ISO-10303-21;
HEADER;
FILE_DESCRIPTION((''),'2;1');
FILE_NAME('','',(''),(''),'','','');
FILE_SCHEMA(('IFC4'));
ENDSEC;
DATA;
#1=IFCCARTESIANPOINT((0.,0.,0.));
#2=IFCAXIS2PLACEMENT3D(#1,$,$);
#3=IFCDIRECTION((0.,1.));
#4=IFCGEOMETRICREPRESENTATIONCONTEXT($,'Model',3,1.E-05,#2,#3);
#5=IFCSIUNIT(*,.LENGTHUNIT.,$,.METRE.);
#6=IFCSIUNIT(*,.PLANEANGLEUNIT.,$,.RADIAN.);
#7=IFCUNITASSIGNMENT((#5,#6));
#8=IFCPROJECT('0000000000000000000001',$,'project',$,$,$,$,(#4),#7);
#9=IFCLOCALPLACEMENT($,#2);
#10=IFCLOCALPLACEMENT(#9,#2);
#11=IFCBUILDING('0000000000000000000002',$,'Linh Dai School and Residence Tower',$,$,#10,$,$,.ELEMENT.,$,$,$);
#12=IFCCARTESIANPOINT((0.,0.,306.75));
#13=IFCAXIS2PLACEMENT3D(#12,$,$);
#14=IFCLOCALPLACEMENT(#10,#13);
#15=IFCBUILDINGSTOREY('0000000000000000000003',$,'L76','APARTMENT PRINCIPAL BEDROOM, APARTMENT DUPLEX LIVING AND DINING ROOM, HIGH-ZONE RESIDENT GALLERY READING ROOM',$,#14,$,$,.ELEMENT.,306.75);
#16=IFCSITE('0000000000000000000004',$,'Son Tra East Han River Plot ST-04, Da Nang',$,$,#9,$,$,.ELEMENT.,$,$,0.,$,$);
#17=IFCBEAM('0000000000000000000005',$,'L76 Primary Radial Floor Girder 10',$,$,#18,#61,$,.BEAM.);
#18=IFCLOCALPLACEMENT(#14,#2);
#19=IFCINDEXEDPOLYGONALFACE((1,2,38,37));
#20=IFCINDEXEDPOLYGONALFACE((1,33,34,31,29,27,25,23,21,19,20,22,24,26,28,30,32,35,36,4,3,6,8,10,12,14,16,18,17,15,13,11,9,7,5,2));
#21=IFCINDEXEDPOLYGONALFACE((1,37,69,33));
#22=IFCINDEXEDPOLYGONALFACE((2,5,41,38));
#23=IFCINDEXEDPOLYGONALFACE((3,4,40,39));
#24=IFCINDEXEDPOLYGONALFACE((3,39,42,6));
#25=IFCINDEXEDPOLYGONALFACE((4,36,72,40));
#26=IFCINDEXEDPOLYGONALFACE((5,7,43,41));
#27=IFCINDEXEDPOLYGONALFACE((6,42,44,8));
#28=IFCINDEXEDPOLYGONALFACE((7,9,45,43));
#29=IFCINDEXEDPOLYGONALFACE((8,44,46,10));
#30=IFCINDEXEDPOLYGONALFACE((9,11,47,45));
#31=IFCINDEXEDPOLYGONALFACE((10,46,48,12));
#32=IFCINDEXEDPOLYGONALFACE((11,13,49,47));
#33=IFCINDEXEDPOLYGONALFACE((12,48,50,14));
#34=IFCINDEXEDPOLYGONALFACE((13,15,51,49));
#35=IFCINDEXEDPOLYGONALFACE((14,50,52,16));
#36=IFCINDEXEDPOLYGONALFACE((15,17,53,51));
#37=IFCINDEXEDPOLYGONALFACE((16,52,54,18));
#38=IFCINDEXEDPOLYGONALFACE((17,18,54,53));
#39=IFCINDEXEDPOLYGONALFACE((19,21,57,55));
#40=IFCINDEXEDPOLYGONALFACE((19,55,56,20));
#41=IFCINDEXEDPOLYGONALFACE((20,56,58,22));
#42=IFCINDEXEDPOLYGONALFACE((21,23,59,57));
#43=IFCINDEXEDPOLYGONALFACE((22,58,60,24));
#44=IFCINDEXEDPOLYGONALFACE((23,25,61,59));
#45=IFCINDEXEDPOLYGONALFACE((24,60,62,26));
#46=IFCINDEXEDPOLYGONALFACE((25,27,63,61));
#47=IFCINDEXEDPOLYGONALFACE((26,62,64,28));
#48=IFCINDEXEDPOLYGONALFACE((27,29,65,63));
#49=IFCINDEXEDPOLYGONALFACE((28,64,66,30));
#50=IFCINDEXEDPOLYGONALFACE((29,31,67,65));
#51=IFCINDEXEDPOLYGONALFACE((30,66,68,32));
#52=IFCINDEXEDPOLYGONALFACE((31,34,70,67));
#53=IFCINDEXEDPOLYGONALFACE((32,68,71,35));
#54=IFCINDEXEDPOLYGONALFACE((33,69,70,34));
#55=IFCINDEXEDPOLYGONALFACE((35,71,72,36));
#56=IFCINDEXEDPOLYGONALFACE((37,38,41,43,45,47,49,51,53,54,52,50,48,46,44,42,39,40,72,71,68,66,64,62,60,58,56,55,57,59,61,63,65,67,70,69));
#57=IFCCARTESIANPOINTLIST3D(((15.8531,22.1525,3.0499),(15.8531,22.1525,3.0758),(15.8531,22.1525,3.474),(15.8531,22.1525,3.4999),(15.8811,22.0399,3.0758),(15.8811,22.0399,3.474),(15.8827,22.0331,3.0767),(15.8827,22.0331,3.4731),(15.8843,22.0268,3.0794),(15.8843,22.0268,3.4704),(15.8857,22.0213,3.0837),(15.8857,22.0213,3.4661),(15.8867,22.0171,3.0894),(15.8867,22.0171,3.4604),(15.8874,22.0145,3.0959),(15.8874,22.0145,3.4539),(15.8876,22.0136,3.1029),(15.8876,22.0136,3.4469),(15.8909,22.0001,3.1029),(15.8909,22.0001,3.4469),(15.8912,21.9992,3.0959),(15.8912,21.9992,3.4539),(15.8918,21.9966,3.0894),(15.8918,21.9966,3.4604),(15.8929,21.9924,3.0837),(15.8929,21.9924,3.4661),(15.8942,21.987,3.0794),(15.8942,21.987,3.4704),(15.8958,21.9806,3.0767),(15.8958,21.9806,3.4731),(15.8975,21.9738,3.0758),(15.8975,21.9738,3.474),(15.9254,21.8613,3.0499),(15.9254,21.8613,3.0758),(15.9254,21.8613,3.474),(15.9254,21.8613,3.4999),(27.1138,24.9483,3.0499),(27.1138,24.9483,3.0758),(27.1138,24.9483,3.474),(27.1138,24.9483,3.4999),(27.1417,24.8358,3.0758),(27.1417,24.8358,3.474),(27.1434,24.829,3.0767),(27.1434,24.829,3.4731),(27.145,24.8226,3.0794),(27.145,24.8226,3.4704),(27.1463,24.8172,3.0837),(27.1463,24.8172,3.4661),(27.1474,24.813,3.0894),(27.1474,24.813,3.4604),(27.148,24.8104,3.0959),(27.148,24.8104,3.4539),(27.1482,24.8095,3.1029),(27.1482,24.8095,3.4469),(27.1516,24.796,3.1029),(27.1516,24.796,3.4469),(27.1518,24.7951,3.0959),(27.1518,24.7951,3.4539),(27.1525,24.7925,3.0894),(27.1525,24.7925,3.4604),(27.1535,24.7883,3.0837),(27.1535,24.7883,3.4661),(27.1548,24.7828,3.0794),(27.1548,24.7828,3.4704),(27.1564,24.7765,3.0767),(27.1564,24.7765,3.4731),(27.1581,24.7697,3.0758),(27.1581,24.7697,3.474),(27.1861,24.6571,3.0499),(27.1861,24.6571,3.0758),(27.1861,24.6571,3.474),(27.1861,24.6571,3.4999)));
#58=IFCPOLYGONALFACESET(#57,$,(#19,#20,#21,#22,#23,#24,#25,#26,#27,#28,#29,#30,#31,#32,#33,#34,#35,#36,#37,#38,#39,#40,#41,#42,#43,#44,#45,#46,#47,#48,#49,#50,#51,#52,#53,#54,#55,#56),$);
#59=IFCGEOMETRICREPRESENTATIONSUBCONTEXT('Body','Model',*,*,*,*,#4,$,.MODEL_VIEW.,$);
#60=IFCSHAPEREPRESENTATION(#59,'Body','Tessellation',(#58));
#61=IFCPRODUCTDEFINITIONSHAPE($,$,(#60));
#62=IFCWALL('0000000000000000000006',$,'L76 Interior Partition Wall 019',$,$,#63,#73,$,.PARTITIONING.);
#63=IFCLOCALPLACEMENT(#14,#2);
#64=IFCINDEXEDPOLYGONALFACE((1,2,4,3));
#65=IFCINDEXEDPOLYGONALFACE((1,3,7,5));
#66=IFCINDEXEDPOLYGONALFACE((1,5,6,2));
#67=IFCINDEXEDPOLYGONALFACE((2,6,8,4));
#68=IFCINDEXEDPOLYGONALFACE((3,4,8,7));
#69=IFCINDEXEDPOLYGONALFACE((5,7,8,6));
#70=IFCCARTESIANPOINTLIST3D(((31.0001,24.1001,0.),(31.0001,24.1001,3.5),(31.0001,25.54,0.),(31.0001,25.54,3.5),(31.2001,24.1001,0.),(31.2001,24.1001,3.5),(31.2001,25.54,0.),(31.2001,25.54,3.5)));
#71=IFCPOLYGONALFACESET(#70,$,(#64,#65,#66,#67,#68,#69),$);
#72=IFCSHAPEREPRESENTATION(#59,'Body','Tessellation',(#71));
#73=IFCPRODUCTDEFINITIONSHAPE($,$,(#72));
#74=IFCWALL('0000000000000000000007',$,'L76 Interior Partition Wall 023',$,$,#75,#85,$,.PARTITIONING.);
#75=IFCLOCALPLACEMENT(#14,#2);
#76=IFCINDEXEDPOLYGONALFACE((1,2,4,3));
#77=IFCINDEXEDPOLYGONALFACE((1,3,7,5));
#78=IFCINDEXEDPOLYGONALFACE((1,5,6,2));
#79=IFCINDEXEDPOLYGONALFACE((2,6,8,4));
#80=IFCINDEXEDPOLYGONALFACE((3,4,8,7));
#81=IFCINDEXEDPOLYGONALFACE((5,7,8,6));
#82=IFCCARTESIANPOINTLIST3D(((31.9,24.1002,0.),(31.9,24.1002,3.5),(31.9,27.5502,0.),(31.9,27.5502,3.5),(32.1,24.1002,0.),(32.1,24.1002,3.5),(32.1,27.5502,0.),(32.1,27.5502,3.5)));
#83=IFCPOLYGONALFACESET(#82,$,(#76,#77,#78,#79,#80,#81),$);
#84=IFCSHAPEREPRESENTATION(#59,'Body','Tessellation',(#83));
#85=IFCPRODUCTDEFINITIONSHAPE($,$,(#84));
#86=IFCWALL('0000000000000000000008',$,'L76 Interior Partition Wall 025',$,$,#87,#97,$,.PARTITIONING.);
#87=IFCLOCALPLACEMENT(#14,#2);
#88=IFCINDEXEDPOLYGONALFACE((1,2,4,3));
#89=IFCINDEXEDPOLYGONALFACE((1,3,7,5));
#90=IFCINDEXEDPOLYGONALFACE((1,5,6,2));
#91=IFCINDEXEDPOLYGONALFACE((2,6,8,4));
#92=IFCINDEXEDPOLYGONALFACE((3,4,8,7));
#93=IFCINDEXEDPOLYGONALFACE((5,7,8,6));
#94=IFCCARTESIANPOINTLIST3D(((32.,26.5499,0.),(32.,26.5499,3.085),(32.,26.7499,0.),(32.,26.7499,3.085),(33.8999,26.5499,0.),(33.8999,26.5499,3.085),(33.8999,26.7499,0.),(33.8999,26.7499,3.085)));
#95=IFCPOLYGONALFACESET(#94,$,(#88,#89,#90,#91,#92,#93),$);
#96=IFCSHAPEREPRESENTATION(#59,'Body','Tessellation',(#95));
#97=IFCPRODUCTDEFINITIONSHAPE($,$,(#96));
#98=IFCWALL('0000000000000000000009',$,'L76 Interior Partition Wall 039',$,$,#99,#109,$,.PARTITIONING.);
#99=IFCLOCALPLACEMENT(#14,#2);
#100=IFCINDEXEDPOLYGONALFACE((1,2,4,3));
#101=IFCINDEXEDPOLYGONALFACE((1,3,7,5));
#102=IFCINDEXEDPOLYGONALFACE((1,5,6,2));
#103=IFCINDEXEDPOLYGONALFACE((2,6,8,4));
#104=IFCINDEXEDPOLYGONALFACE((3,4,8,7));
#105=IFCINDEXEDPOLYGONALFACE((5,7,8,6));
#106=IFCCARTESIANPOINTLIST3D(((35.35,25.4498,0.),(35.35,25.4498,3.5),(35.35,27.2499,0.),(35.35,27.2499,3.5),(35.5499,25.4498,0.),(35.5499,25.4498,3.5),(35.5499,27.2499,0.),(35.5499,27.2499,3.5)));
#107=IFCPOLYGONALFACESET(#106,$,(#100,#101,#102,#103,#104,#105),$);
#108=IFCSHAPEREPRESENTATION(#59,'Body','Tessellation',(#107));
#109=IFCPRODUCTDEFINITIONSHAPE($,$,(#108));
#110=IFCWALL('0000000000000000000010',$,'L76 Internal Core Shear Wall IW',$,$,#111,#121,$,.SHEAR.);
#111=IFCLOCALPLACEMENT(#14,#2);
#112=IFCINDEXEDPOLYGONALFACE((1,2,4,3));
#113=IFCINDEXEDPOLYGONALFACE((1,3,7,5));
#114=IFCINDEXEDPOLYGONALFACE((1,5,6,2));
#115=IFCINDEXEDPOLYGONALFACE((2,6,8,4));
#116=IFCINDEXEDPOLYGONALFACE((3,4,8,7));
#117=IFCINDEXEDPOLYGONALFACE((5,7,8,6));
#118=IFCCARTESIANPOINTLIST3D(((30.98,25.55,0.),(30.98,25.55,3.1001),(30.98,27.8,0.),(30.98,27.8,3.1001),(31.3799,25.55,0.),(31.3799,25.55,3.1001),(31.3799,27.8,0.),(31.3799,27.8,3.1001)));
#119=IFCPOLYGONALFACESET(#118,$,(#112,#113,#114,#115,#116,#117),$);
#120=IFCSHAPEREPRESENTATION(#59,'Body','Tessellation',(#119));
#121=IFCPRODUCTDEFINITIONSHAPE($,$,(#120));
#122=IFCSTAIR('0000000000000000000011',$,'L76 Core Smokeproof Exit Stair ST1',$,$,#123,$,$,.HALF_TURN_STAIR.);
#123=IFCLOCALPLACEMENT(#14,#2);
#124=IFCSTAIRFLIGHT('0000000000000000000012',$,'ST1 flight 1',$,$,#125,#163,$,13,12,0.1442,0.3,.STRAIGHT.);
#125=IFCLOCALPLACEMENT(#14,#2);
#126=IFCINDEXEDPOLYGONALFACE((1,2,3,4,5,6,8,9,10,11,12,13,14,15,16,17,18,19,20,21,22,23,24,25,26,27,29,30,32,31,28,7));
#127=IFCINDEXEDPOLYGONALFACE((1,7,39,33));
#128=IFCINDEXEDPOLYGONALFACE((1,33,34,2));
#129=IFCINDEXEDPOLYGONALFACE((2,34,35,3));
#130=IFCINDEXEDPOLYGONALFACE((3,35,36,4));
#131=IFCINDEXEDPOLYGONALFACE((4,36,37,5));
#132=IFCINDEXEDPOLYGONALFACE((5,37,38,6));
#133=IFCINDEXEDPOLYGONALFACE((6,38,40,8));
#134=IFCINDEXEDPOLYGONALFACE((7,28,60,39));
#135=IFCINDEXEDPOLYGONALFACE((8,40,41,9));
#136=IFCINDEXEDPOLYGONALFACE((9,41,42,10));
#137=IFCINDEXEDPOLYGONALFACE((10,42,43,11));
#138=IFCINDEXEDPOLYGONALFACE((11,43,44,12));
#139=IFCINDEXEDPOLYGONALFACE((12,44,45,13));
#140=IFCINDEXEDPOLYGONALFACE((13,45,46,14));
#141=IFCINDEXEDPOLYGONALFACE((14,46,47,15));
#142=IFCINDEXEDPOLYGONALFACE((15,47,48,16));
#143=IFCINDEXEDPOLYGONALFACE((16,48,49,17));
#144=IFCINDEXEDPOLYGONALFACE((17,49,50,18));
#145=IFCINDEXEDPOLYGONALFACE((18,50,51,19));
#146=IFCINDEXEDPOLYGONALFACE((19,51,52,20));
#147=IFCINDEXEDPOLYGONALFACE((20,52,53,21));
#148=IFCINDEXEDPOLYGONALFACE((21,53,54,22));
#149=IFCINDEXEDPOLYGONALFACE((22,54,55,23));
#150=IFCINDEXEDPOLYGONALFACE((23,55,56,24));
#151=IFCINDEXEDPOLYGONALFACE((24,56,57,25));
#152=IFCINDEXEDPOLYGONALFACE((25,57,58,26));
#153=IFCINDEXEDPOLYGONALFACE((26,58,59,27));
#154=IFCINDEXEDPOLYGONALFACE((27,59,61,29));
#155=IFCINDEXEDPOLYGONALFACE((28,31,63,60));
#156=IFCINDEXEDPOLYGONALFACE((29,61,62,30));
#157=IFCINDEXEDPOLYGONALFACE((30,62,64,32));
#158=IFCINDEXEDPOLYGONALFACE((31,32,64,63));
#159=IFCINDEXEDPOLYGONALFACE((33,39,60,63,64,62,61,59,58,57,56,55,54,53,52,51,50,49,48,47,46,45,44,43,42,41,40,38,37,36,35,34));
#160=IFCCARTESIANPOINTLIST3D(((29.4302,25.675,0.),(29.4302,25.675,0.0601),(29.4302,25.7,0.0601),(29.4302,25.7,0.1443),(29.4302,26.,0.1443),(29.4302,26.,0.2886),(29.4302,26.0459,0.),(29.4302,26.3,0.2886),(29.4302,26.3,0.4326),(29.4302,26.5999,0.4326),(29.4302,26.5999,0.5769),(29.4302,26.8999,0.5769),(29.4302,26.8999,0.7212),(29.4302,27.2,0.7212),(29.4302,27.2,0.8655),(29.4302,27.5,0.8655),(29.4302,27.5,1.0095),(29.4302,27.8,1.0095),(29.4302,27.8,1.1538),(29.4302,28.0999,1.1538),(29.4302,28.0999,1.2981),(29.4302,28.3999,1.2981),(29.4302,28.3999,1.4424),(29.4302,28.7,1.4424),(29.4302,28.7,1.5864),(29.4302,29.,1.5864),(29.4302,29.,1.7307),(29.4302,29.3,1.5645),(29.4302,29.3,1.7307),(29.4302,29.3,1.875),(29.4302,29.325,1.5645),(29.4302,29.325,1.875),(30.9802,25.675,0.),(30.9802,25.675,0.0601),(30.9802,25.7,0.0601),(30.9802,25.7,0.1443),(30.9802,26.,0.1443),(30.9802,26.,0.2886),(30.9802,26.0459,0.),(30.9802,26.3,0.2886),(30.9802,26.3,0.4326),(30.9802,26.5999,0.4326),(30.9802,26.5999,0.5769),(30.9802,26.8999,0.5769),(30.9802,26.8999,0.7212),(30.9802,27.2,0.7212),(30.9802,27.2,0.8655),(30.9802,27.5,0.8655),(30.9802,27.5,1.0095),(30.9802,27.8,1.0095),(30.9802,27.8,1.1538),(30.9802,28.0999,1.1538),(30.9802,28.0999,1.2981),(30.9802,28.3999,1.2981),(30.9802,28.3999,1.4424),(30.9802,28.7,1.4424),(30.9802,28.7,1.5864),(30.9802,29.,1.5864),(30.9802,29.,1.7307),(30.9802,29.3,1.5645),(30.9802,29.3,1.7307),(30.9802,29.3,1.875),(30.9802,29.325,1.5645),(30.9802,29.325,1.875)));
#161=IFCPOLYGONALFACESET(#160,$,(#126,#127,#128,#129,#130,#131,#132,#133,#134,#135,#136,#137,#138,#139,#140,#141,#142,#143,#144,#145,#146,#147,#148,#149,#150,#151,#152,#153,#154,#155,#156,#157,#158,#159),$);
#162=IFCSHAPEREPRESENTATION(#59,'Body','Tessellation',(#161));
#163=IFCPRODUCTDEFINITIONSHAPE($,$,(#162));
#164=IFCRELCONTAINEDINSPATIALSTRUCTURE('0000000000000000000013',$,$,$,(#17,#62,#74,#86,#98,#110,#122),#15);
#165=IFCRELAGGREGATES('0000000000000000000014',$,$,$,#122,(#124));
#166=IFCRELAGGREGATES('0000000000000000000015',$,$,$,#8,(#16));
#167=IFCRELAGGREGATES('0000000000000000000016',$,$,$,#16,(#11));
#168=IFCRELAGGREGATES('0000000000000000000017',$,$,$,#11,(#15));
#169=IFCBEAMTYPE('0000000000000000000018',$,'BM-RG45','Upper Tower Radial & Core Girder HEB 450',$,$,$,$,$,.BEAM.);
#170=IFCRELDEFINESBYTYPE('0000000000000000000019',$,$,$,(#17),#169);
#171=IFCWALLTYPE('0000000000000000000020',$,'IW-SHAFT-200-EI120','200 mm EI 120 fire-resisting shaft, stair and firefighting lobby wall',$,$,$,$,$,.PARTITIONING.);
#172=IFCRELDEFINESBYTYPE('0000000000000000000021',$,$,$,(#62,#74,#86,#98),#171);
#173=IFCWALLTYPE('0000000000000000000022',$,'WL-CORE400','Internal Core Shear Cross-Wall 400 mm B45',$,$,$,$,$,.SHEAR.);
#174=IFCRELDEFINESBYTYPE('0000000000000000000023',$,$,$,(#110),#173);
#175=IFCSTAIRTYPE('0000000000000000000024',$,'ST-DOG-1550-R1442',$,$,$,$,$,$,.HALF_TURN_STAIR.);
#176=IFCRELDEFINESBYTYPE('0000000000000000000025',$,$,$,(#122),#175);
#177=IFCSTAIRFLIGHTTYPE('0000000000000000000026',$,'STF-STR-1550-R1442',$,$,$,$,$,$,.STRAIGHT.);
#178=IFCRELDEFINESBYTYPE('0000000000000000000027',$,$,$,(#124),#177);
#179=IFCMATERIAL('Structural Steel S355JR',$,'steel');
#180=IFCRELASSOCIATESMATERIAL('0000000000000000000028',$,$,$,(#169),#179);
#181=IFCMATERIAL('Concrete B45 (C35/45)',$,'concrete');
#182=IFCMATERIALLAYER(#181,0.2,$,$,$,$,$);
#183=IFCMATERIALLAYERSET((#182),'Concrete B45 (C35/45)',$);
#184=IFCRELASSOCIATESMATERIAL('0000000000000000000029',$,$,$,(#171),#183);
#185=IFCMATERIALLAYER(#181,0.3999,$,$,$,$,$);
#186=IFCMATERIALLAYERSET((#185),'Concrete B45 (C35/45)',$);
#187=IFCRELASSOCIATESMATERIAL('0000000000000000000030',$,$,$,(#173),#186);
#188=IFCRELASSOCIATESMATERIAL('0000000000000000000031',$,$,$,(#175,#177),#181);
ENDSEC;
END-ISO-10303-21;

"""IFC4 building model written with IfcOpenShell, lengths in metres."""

from ifc_helpers import new_model, si_unit, direction, frame, frame_2d, origin, origin_2d, place, context, subcontext, project, spatial, polyline, rectangle, i_section, outline, extrude, source, transform, mapped, material, layer, layer_set, material_profile, profile_set, type_object, element, aggregate, save


model = new_model("IFC4")

# Units and contexts
model_context = context("Model", 3, precision=1e-05, world=origin(), true_north=direction((0.0, 1.0)))
body_context = subcontext(model_context, "Body", "Model", "MODEL_VIEW")
ifc_project = project(units=[si_unit("LENGTHUNIT", "METRE"), si_unit("PLANEANGLEUNIT", "RADIAN")], contexts=[model_context])

# Site, building, storey
site_placement = place(None, origin())
site = spatial("IfcSite", under=ifc_project, at=site_placement, Name="Son Tra East Han River Plot ST-04, Da Nang", CompositionType="ELEMENT", RefElevation=0.0)
building_placement = place(site_placement, origin())
building = spatial("IfcBuilding", under=site, at=building_placement, Name="Linh Dai School and Residence Tower", CompositionType="ELEMENT")
storey_placement = place(building_placement, frame((0.0, 0.0, 306.75)))
storey = spatial("IfcBuildingStorey", under=building, at=storey_placement, Name="L76", Description="APARTMENT PRINCIPAL BEDROOM, APARTMENT DUPLEX LIVING AND DINING ROOM, HIGH-ZONE RESIDENT GALLERY READING ROOM", CompositionType="ELEMENT", Elevation=306.75)

# Shared definitions
ifc_material_1 = material(Name="Structural Steel S355JR", Category="steel")

# Beam
ifc_material_profile_1 = material_profile(ifc_material_1, i_section(OverallWidth=0.3, OverallDepth=0.45, WebThickness=0.0139, FlangeThickness=0.0259, FilletRadius=0.0271, at=origin_2d()), Name="HEB 450")
ifc_profile_set_1 = profile_set([ifc_material_profile_1], Name="Structural Steel S355JR")
beam_type = type_object("IfcBeamType", Name="BM-RG45", Description="Upper Tower Radial & Core Girder HEB 450", PredefinedType="BEAM", material=ifc_profile_set_1)
beam_placement = place(storey_placement, frame((27.1499, 24.8027, 3.2749), z_axis=(-0.970532, -0.240971, 0.0), x_axis=(0.240971, -0.970532, 0.0)))
element("IfcBeam", 1, at=beam_placement, inside=storey, type_object=beam_type, Name="L76 Primary Radial Floor Girder 10", PredefinedType="BEAM", context=body_context, shape_type="SweptSolid", body=[
    extrude(i_section(OverallWidth=0.3, OverallDepth=0.45, WebThickness=0.0139, FlangeThickness=0.0259, FilletRadius=0.0271, at=origin_2d()), origin(), (0.0, 0.0, 1.0), 11.6025),
])

# Shared definitions
ifc_material_2 = material(Name="Concrete B45 (C35/45)", Category="concrete")
ifc_layer_1 = layer(ifc_material_2, 0.2)
ifc_layer_set_1 = layer_set([ifc_layer_1], Name="Concrete B45 (C35/45)")
wall_type_1 = type_object("IfcWallType", Name="IW-SHAFT-200-EI120", Description="200 mm EI 120 fire-resisting shaft, stair and firefighting lobby wall", PredefinedType="PARTITIONING", material=ifc_layer_set_1)

# Walls
wall_1_placement = place(storey_placement, frame((31.1001, 24.1001, 0.0), z_axis=(0.0, 0.0, 1.0), x_axis=(0.0, 1.0, 0.0)))
element("IfcWall", 2, at=wall_1_placement, inside=storey, type_object=wall_type_1, Name="L76 Interior Partition Wall 019", PredefinedType="PARTITIONING", context=body_context, shape_type="SweptSolid", body=[
    extrude(rectangle(XDim=1.4399, YDim=0.2, at=frame_2d((0.72, 0.0))), origin(), (0.0, 0.0, 1.0), 3.5),
])
wall_2_placement = place(storey_placement, frame((32.0, 24.1001, 0.0), z_axis=(0.0, 0.0, 1.0), x_axis=(0.0, 1.0, 0.0)))
element("IfcWall", 3, at=wall_2_placement, inside=storey, type_object=wall_type_1, Name="L76 Interior Partition Wall 023", PredefinedType="PARTITIONING", context=body_context, shape_type="SweptSolid", body=[
    extrude(rectangle(XDim=3.45, YDim=0.2, at=frame_2d((1.7251, 0.0))), origin(), (0.0, 0.0, 1.0), 3.5),
])

# Walls
wall_3_placement = place(storey_placement, frame((32.0, 26.6499, 0.0), z_axis=(0.0, 0.0, 1.0), x_axis=(1.0, 0.0, 0.0)))
element("IfcWall", 4, at=wall_3_placement, inside=storey, type_object=wall_type_1, Name="L76 Interior Partition Wall 025", PredefinedType="PARTITIONING", context=body_context, shape_type="SweptSolid", body=[
    extrude(rectangle(XDim=1.8999, YDim=0.2, at=frame_2d((0.95, 0.0))), origin(), (0.0, 0.0, 1.0), 3.085),
])
wall_4_placement = place(storey_placement, frame((35.45, 25.45, 0.0), z_axis=(0.0, 0.0, 1.0), x_axis=(0.0, 1.0, 0.0)))
element("IfcWall", 5, at=wall_4_placement, inside=storey, type_object=wall_type_1, Name="L76 Interior Partition Wall 039", PredefinedType="PARTITIONING", context=body_context, shape_type="SweptSolid", body=[
    extrude(rectangle(XDim=1.8, YDim=0.2, at=frame_2d((0.8999, 0.0))), origin(), (0.0, 0.0, 1.0), 3.5),
])

# Wall
ifc_layer_2 = layer(ifc_material_2, 0.3999)
ifc_layer_set_2 = layer_set([ifc_layer_2], Name="Concrete B45 (C35/45)")
wall_type_2 = type_object("IfcWallType", Name="WL-CORE400", Description="Internal Core Shear Cross-Wall 400 mm B45", PredefinedType="SHEAR", material=ifc_layer_set_2)
wall_5_placement = place(storey_placement, frame((31.1799, 25.55, 0.0), z_axis=(0.0, 0.0, 1.0), x_axis=(0.0, 1.0, 0.0)))
element("IfcWall", 6, at=wall_5_placement, inside=storey, type_object=wall_type_2, Name="L76 Internal Core Shear Wall IW", PredefinedType="SHEAR", context=body_context, shape_type="SweptSolid", body=[
    extrude(rectangle(XDim=2.25, YDim=0.3999, at=frame_2d((1.125, 0.0))), origin(), (0.0, 0.0, 1.0), 3.1001),
])

# Stair, stair flight
stair_type = type_object("IfcStairType", Name="ST-DOG-1550-R1442", PredefinedType="HALF_TURN_STAIR", material=ifc_material_2)
stair_placement = place(storey_placement, origin())
stair = element("IfcStair", 7, at=stair_placement, inside=storey, type_object=stair_type, Name="L76 Core Smokeproof Exit Stair ST1", PredefinedType="HALF_TURN_STAIR")
stair_flight_type = type_object("IfcStairFlightType", Name="STF-STR-1550-R1442", PredefinedType="STRAIGHT", material=ifc_material_2)
shared_shape_1 = source(origin(), body_context, "Body", "SweptSolid", [
    extrude(outline(polyline([(-0.0249, 0.0), (-0.0249, 0.0601), (0.0, 0.0601), (0.0, 0.1443), (0.3, 0.1443), (0.3, 0.2886), (0.6001, 0.2886), (0.6001, 0.4326), (0.8999, 0.4326), (0.8999, 0.5769), (1.2, 0.5769), (1.2, 0.7212), (1.5, 0.7212), (1.5, 0.8655), (1.8, 0.8655), (1.8, 1.0095), (2.1001, 1.0095), (2.1001, 1.1538), (2.3999, 1.1538), (2.3999, 1.2981), (2.7, 1.2981), (2.7, 1.4424), (3.0, 1.4424), (3.0, 1.5864), (3.3, 1.5864), (3.3, 1.7307), (3.6001, 1.7307), (3.6001, 1.875), (3.625, 1.875), (3.625, 1.5645), (3.6001, 1.5645), (0.3459, 0.0), (-0.0249, 0.0)])), frame((0.0, 0.7749, 0.0), z_axis=(0.0, -1.0, 0.0), x_axis=(1.0, 0.0, 0.0)), (0.0, 0.0, 1.0), 1.55),
])
stair_flight_placement = place(storey_placement, frame((30.2051, 25.7, 0.0), z_axis=(0.0, 0.0, 1.0), x_axis=(0.0, 1.0, 0.0)))
stair_flight = element("IfcStairFlight", 8, at=stair_flight_placement, type_object=stair_flight_type, Name="ST1 flight 1", NumberOfRisers=13, NumberOfTreads=12, PredefinedType="STRAIGHT", RiserHeight=0.1442, TreadLength=0.3, context=body_context, shape_type="MappedRepresentation", body=[
    mapped(shared_shape_1, transform((0.0, 0.0, 0.0), x_axis=(1.0, 0.0, 0.0), y_axis=(0.0, 1.0, 0.0), z_axis=(0.0, 0.0, 1.0), scale=1.0)),
])
aggregate(stair, [stair_flight])

save(model, "model.ifc")
